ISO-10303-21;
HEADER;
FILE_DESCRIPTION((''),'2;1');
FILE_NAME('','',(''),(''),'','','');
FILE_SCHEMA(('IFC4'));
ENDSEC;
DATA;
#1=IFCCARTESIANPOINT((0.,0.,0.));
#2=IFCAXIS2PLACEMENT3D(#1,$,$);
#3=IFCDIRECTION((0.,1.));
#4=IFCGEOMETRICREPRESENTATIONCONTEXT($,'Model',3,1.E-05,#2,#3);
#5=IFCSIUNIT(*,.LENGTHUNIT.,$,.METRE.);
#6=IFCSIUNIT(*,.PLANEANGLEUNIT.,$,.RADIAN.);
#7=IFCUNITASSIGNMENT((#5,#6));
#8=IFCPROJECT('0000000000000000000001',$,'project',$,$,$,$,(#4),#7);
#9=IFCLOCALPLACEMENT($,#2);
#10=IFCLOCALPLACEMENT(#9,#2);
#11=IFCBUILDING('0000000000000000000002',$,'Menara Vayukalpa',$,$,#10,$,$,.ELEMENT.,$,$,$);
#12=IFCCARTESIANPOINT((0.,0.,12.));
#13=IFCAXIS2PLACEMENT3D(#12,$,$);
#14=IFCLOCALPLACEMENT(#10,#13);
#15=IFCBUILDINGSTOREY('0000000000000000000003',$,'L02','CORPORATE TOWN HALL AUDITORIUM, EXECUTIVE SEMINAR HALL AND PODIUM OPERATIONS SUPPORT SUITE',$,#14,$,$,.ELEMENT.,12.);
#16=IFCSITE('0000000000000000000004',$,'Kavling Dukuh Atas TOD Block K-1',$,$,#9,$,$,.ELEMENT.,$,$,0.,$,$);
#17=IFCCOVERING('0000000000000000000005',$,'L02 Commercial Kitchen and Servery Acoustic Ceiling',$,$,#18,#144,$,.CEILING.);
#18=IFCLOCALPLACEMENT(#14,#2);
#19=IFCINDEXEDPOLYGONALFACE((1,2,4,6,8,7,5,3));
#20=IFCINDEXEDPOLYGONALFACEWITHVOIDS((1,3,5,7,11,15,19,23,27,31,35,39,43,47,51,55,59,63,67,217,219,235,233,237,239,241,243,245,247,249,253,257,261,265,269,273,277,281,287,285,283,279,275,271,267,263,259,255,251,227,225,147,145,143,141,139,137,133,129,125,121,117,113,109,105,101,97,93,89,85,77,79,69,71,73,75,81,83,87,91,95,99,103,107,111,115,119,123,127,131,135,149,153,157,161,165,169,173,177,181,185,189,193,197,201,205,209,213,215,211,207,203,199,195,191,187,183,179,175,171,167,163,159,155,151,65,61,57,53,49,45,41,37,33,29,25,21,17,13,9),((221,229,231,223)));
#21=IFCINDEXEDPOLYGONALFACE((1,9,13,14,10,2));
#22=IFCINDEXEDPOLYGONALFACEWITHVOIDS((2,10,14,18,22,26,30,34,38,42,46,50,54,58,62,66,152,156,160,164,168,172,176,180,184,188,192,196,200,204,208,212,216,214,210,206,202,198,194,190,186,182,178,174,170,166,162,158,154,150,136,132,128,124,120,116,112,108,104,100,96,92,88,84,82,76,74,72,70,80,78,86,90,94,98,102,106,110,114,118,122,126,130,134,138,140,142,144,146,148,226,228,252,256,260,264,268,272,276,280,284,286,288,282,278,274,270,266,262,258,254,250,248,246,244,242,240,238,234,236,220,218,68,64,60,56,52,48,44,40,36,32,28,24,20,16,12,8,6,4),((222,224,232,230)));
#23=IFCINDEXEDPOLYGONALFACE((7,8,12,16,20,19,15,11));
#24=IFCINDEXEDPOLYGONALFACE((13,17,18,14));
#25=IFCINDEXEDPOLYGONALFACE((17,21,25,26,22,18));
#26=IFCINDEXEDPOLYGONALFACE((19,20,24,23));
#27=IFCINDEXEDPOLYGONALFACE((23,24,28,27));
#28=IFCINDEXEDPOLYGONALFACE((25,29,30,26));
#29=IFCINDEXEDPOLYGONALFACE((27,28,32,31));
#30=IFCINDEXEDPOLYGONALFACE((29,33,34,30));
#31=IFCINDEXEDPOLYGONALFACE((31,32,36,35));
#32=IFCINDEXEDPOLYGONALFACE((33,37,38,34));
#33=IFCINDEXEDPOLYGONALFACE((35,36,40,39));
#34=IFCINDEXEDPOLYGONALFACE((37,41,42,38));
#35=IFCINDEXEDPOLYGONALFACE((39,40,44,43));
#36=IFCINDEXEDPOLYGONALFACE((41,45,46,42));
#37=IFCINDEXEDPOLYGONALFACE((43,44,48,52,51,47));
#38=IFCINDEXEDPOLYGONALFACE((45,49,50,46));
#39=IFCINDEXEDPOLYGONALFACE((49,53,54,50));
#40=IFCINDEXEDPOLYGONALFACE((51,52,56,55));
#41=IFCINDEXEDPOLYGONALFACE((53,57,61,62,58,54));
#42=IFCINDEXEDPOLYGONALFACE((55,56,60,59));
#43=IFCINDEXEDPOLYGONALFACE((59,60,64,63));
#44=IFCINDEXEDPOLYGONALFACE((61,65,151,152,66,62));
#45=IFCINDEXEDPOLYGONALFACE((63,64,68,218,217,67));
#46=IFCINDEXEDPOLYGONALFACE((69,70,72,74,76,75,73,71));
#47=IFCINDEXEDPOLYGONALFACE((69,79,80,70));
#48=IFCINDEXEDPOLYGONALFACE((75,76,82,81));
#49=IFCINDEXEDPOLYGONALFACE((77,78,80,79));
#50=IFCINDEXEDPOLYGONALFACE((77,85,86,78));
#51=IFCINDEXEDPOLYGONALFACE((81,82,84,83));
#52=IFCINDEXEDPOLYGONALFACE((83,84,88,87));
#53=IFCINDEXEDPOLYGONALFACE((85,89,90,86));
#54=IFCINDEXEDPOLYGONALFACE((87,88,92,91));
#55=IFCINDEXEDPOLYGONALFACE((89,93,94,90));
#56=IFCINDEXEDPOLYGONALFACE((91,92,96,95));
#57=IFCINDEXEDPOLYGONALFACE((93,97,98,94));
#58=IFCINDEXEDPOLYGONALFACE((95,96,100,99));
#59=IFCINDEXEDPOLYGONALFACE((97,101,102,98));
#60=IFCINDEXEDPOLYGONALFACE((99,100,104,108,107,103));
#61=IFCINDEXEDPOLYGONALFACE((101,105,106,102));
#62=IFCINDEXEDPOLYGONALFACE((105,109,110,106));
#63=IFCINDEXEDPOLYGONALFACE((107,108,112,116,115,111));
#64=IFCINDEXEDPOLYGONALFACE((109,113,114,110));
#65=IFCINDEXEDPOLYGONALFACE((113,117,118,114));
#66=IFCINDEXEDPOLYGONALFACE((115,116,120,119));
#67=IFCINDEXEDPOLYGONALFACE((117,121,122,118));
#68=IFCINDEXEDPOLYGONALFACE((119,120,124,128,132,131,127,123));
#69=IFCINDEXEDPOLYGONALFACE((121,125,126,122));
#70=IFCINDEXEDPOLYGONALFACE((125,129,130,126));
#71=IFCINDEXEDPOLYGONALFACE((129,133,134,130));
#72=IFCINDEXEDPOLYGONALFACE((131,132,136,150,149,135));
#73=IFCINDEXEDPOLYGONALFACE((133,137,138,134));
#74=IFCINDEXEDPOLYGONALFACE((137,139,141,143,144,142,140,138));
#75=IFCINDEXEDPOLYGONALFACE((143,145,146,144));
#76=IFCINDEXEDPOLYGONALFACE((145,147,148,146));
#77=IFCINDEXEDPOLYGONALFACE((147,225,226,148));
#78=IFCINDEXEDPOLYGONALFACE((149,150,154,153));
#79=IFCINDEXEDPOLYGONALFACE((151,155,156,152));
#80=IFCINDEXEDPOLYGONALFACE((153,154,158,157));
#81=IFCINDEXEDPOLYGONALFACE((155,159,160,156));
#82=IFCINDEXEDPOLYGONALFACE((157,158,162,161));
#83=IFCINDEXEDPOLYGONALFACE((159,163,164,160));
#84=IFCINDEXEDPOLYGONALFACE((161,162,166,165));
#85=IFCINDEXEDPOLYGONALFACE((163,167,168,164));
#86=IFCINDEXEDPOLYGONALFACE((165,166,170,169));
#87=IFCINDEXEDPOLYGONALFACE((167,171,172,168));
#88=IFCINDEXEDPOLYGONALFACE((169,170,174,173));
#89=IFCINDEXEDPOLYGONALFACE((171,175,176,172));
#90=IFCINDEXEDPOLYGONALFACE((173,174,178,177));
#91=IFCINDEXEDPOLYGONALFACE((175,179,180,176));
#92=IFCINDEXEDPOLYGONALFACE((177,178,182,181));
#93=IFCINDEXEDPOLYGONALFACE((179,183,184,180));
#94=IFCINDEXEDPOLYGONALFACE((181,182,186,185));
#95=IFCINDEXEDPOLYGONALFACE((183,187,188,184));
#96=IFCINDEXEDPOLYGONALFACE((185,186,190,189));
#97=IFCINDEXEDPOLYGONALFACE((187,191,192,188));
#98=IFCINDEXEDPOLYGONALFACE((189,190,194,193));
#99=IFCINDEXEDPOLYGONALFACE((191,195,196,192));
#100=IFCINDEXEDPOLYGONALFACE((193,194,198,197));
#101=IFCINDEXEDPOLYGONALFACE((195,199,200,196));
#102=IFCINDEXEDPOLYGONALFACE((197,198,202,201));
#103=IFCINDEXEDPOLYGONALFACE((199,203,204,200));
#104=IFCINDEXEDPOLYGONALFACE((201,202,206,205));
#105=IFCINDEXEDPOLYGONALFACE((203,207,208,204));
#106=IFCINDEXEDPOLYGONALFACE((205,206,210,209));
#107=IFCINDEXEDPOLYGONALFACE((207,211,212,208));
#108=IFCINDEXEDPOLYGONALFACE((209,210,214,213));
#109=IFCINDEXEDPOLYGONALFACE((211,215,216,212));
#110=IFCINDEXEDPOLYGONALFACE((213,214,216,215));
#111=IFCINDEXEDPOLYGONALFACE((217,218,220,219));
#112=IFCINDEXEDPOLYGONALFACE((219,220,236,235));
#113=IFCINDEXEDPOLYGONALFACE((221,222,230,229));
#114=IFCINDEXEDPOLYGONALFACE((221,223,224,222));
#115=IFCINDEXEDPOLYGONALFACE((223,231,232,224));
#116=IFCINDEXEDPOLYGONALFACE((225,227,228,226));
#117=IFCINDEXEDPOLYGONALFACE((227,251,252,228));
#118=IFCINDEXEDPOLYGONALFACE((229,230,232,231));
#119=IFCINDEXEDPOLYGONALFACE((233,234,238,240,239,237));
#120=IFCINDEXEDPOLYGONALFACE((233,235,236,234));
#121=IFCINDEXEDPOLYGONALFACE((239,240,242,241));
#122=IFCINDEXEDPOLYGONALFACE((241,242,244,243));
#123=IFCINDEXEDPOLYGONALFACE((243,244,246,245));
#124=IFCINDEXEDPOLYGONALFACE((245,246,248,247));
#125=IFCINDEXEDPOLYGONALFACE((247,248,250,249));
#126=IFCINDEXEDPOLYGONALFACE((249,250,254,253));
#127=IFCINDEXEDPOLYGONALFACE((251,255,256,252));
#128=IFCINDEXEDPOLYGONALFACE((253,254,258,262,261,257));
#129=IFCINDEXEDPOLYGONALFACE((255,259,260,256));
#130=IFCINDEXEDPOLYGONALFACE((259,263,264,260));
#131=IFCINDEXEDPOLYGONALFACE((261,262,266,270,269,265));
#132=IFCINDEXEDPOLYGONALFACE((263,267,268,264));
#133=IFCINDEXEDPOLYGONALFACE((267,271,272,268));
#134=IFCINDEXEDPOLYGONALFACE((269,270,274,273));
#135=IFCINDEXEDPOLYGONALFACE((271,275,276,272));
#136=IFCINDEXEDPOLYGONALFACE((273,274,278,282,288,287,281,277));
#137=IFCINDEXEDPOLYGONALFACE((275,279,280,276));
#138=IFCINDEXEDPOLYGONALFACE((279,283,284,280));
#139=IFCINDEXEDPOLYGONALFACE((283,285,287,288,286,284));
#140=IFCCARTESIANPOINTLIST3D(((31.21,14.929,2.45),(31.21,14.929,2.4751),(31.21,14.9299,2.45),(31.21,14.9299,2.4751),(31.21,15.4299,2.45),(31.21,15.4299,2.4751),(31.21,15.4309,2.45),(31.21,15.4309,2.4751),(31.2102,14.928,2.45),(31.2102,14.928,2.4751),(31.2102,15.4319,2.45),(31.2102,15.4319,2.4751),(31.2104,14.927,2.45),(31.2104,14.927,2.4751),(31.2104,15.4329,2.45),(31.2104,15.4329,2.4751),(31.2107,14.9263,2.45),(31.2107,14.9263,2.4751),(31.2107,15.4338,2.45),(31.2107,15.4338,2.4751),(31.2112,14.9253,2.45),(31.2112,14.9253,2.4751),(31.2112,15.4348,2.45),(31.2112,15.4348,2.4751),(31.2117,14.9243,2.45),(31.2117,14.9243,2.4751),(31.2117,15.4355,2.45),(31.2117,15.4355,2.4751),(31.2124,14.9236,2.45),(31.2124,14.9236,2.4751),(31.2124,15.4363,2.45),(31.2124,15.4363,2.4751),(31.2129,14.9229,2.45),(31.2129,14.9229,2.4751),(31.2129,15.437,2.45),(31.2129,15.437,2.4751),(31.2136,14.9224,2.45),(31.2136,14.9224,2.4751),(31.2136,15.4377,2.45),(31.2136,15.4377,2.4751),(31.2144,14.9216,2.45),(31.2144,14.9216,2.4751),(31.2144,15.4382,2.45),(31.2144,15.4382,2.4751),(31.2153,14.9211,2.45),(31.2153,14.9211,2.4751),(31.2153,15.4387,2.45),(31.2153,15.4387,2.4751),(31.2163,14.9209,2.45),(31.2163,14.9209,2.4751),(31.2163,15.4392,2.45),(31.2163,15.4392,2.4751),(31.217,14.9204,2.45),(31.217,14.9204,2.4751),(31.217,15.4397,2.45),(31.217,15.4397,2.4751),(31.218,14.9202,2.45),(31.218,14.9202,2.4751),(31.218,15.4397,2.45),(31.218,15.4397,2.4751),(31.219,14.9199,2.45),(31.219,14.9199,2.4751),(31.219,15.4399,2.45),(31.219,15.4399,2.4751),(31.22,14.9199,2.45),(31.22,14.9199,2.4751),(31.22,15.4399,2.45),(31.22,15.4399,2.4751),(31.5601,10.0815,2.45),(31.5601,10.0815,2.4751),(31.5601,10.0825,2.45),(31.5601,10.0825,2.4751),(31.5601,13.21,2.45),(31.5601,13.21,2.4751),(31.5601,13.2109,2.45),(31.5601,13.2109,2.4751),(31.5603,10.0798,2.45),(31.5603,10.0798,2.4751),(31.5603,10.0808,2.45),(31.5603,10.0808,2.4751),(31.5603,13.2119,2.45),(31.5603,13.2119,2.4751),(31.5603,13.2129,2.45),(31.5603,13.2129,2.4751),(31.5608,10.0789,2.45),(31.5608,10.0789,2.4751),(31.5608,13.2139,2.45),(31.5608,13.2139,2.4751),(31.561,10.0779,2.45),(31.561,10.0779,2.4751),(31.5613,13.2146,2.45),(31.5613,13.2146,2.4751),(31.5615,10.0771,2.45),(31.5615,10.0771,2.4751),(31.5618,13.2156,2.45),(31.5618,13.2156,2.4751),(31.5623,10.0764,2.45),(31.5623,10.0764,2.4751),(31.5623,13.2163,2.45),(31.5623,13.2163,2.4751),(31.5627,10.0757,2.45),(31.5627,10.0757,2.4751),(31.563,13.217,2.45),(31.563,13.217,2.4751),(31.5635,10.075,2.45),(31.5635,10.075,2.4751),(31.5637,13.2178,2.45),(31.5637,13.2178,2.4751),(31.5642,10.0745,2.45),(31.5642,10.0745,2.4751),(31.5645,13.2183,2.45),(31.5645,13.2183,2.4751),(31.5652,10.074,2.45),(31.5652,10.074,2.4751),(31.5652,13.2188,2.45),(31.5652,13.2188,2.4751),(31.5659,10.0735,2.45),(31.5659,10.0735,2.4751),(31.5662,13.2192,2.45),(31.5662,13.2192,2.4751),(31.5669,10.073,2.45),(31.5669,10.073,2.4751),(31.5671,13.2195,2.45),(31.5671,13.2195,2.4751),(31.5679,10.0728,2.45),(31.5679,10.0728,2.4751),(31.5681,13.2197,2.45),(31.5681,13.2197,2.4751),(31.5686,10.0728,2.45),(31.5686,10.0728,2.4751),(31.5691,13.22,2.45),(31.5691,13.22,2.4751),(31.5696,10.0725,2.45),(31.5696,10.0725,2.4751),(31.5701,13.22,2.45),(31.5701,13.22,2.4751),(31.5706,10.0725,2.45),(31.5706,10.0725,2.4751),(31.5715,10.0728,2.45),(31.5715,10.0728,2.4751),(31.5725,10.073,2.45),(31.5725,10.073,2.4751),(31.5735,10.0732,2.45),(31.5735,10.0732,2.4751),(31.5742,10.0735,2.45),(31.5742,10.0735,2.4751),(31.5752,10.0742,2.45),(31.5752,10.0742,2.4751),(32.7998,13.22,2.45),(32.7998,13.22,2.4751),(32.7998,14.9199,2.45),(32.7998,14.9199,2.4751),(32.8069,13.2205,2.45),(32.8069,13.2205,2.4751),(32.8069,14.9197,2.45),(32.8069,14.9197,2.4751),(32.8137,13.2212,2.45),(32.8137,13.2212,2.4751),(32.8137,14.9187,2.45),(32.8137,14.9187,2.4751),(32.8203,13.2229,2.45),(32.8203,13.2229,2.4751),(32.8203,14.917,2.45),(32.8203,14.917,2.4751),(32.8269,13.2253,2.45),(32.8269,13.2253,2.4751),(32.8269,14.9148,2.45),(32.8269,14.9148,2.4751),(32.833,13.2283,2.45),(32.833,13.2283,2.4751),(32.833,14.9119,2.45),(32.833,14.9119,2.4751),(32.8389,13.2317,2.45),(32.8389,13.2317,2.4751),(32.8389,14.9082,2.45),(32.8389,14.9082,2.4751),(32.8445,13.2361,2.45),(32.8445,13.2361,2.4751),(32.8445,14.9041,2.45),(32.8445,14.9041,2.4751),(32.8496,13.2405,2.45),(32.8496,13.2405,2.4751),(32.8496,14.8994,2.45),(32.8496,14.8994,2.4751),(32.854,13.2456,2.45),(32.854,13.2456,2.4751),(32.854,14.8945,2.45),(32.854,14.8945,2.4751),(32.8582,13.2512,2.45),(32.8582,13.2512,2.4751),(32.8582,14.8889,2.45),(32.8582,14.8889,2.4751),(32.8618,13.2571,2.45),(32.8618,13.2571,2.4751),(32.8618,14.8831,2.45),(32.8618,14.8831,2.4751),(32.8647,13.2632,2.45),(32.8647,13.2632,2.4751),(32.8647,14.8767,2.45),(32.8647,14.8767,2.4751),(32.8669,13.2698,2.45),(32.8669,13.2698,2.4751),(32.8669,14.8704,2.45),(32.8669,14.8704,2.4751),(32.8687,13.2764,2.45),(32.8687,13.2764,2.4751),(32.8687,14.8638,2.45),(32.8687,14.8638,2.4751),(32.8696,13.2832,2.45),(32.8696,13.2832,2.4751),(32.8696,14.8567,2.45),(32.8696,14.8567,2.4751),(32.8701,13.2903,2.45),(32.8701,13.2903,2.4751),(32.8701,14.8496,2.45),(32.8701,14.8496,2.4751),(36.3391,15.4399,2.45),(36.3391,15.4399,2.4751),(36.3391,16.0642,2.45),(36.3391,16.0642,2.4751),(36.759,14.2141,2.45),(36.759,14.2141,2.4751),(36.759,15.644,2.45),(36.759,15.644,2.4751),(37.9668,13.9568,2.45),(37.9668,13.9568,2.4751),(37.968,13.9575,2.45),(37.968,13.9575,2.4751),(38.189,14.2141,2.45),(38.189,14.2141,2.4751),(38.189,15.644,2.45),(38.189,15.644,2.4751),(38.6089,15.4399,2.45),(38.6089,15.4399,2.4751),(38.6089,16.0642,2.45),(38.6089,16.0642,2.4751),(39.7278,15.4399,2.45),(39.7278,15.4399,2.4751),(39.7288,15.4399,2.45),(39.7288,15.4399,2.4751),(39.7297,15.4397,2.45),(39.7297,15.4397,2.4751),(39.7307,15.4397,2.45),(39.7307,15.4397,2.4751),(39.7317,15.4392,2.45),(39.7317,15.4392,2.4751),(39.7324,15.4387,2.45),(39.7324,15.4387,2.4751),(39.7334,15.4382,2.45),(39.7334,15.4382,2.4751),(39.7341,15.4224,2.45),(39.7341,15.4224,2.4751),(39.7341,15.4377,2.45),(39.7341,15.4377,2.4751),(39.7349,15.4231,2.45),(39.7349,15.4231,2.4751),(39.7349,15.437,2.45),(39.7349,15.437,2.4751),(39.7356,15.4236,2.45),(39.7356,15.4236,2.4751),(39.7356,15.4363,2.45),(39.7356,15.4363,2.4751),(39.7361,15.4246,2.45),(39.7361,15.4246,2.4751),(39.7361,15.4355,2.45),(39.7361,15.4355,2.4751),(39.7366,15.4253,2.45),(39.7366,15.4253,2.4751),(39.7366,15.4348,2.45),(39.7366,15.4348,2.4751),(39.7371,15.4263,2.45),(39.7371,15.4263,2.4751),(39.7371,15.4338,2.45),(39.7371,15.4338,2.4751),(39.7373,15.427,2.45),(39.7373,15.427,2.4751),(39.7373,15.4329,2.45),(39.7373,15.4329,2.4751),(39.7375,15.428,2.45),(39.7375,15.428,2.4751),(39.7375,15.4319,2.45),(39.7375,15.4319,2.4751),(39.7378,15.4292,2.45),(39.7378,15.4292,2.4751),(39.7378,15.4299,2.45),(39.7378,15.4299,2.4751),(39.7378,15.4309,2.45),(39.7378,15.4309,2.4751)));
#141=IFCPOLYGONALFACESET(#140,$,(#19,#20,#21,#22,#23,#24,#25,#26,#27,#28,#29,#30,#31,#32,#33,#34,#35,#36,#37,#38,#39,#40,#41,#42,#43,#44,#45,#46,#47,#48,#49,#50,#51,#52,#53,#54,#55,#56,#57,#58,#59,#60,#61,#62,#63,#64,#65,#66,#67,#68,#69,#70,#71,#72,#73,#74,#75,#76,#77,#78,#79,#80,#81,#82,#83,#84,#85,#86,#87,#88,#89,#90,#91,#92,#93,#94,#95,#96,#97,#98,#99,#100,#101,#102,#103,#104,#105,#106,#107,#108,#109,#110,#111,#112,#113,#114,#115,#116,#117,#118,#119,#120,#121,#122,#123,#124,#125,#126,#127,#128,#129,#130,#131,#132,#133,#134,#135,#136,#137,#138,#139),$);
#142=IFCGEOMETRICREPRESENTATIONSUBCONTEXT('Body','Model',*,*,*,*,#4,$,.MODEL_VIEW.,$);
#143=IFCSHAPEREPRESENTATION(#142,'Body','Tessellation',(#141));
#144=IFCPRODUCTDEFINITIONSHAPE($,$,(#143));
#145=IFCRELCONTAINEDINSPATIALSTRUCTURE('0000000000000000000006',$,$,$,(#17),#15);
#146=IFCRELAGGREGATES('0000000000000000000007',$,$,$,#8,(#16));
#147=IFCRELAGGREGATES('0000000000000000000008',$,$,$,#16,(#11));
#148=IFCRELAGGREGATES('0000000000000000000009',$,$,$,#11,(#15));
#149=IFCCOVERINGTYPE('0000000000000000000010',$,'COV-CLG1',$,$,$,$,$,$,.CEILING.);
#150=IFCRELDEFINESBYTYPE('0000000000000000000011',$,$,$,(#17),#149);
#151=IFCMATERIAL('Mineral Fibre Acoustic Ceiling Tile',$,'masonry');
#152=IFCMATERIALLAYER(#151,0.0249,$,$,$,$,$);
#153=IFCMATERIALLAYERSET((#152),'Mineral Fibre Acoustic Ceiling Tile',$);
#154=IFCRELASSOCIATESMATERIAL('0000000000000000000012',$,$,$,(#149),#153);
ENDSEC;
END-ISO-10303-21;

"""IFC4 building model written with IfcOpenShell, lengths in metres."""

from ifc_helpers import new_model, si_unit, direction, frame, origin, place, context, subcontext, project, spatial, polyline, outline, extrude, material, layer, layer_set, type_object, element, save


model = new_model("IFC4")

# Units and contexts
model_context = context("Model", 3, precision=1e-05, world=origin(), true_north=direction((0.0, 1.0)))
body_context = subcontext(model_context, "Body", "Model", "MODEL_VIEW")
ifc_project = project(units=[si_unit("LENGTHUNIT", "METRE"), si_unit("PLANEANGLEUNIT", "RADIAN")], contexts=[model_context])

# Site, building, storey
site_placement = place(None, origin())
site = spatial("IfcSite", under=ifc_project, at=site_placement, Name="Kavling Dukuh Atas TOD Block K-1", CompositionType="ELEMENT", RefElevation=0.0)
building_placement = place(site_placement, origin())
building = spatial("IfcBuilding", under=site, at=building_placement, Name="Menara Vayukalpa", CompositionType="ELEMENT")
storey_placement = place(building_placement, frame((0.0, 0.0, 12.0)))
storey = spatial("IfcBuildingStorey", under=building, at=storey_placement, Name="L02", Description="CORPORATE TOWN HALL AUDITORIUM, EXECUTIVE SEMINAR HALL AND PODIUM OPERATIONS SUPPORT SUITE", CompositionType="ELEMENT", Elevation=12.0)

# Covering
ifc_material_1 = material(Name="Mineral Fibre Acoustic Ceiling Tile", Category="masonry")
ifc_layer_1 = layer(ifc_material_1, 0.0249)
ifc_layer_set_1 = layer_set([ifc_layer_1], Name="Mineral Fibre Acoustic Ceiling Tile")
covering_type_1 = type_object("IfcCoveringType", Name="COV-CLG1", PredefinedType="CEILING", material=ifc_layer_set_1)
covering_1_placement = place(storey_placement, frame((0.0, 0.0, 2.45)))
element("IfcCovering", 1, at=covering_1_placement, inside=storey, type_object=covering_type_1, Name="L02 Commercial Kitchen and Servery Acoustic Ceiling", PredefinedType="CEILING", context=body_context, shape_type="SweptSolid", body=[
    extrude(outline(polyline([(31.5735, 10.0732), (31.5725, 10.073), (31.5715, 10.0728), (31.5706, 10.0725), (31.5696, 10.0725), (31.5686, 10.0728), (31.5679, 10.0728), (31.5669, 10.073), (31.5659, 10.0735), (31.5652, 10.074), (31.5642, 10.0745), (31.5635, 10.075), (31.5627, 10.0757), (31.5623, 10.0764), (31.5615, 10.0771), (31.561, 10.0779), (31.5608, 10.0789), (31.5603, 10.0798), (31.5603, 10.0808), (31.5601, 10.0815), (31.5601, 10.0825), (31.5601, 13.21), (31.5601, 13.2109), (31.5603, 13.2119), (31.5603, 13.2129), (31.5608, 13.2139), (31.5613, 13.2146), (31.5618, 13.2156), (31.5623, 13.2163), (31.563, 13.217), (31.5637, 13.2178), (31.5645, 13.2183), (31.5652, 13.2188), (31.5662, 13.2192), (31.5671, 13.2195), (31.5681, 13.2197), (31.5691, 13.22), (31.5701, 13.22), (32.7998, 13.22), (32.8069, 13.2205), (32.8137, 13.2212), (32.8203, 13.2229), (32.8269, 13.2253), (32.833, 13.2283), (32.8389, 13.2317), (32.8445, 13.2361), (32.8496, 13.2405), (32.854, 13.2456), (32.8582, 13.2512), (32.8618, 13.2571), (32.8647, 13.2632), (32.8669, 13.2698), (32.8687, 13.2764), (32.8696, 13.2832), (32.8701, 13.2903), (32.8701, 14.8496), (32.8696, 14.8567), (32.8687, 14.8638), (32.8669, 14.8704), (32.8647, 14.8767), (32.8618, 14.8831), (32.8582, 14.8889), (32.854, 14.8945), (32.8496, 14.8994), (32.8445, 14.9041), (32.8389, 14.9082), (32.833, 14.9119), (32.8269, 14.9148), (32.8203, 14.917), (32.8137, 14.9187), (32.8069, 14.9197), (32.7998, 14.9199), (31.22, 14.9199), (31.219, 14.9199), (31.218, 14.9202), (31.217, 14.9204), (31.2163, 14.9209), (31.2153, 14.9211), (31.2144, 14.9216), (31.2136, 14.9224), (31.2129, 14.9229), (31.2124, 14.9236), (31.2117, 14.9243), (31.2112, 14.9253), (31.2107, 14.9263), (31.2104, 14.927), (31.2102, 14.928), (31.21, 14.929), (31.21, 14.9299), (31.21, 15.4299), (31.21, 15.4309), (31.2102, 15.4319), (31.2104, 15.4329), (31.2107, 15.4338), (31.2112, 15.4348), (31.2117, 15.4355), (31.2124, 15.4363), (31.2129, 15.437), (31.2136, 15.4377), (31.2144, 15.4382), (31.2153, 15.4387), (31.2163, 15.4392), (31.217, 15.4397), (31.218, 15.4397), (31.219, 15.4399), (31.22, 15.4399), (36.3391, 15.4399), (36.3391, 16.0642), (38.6089, 16.0642), (38.6089, 15.4399), (39.7278, 15.4399), (39.7288, 15.4399), (39.7297, 15.4397), (39.7307, 15.4397), (39.7317, 15.4392), (39.7324, 15.4387), (39.7334, 15.4382), (39.7341, 15.4377), (39.7349, 15.437), (39.7356, 15.4363), (39.7361, 15.4355), (39.7366, 15.4348), (39.7371, 15.4338), (39.7373, 15.4329), (39.7375, 15.4319), (39.7378, 15.4309), (39.7378, 15.4299), (39.7378, 15.4292), (39.7375, 15.428), (39.7373, 15.427), (39.7371, 15.4263), (39.7366, 15.4253), (39.7361, 15.4246), (39.7356, 15.4236), (39.7349, 15.4231), (39.7341, 15.4224), (37.968, 13.9575), (37.9668, 13.9568), (31.5752, 10.0742), (31.5742, 10.0735), (31.5735, 10.0732)]), holes=[polyline([(38.189, 15.644), (36.759, 15.644), (36.759, 14.2141), (38.189, 14.2141), (38.189, 15.644)])]), origin(), (0.0, 0.0, 1.0), 0.0251),
])

save(model, "model.ifc")
